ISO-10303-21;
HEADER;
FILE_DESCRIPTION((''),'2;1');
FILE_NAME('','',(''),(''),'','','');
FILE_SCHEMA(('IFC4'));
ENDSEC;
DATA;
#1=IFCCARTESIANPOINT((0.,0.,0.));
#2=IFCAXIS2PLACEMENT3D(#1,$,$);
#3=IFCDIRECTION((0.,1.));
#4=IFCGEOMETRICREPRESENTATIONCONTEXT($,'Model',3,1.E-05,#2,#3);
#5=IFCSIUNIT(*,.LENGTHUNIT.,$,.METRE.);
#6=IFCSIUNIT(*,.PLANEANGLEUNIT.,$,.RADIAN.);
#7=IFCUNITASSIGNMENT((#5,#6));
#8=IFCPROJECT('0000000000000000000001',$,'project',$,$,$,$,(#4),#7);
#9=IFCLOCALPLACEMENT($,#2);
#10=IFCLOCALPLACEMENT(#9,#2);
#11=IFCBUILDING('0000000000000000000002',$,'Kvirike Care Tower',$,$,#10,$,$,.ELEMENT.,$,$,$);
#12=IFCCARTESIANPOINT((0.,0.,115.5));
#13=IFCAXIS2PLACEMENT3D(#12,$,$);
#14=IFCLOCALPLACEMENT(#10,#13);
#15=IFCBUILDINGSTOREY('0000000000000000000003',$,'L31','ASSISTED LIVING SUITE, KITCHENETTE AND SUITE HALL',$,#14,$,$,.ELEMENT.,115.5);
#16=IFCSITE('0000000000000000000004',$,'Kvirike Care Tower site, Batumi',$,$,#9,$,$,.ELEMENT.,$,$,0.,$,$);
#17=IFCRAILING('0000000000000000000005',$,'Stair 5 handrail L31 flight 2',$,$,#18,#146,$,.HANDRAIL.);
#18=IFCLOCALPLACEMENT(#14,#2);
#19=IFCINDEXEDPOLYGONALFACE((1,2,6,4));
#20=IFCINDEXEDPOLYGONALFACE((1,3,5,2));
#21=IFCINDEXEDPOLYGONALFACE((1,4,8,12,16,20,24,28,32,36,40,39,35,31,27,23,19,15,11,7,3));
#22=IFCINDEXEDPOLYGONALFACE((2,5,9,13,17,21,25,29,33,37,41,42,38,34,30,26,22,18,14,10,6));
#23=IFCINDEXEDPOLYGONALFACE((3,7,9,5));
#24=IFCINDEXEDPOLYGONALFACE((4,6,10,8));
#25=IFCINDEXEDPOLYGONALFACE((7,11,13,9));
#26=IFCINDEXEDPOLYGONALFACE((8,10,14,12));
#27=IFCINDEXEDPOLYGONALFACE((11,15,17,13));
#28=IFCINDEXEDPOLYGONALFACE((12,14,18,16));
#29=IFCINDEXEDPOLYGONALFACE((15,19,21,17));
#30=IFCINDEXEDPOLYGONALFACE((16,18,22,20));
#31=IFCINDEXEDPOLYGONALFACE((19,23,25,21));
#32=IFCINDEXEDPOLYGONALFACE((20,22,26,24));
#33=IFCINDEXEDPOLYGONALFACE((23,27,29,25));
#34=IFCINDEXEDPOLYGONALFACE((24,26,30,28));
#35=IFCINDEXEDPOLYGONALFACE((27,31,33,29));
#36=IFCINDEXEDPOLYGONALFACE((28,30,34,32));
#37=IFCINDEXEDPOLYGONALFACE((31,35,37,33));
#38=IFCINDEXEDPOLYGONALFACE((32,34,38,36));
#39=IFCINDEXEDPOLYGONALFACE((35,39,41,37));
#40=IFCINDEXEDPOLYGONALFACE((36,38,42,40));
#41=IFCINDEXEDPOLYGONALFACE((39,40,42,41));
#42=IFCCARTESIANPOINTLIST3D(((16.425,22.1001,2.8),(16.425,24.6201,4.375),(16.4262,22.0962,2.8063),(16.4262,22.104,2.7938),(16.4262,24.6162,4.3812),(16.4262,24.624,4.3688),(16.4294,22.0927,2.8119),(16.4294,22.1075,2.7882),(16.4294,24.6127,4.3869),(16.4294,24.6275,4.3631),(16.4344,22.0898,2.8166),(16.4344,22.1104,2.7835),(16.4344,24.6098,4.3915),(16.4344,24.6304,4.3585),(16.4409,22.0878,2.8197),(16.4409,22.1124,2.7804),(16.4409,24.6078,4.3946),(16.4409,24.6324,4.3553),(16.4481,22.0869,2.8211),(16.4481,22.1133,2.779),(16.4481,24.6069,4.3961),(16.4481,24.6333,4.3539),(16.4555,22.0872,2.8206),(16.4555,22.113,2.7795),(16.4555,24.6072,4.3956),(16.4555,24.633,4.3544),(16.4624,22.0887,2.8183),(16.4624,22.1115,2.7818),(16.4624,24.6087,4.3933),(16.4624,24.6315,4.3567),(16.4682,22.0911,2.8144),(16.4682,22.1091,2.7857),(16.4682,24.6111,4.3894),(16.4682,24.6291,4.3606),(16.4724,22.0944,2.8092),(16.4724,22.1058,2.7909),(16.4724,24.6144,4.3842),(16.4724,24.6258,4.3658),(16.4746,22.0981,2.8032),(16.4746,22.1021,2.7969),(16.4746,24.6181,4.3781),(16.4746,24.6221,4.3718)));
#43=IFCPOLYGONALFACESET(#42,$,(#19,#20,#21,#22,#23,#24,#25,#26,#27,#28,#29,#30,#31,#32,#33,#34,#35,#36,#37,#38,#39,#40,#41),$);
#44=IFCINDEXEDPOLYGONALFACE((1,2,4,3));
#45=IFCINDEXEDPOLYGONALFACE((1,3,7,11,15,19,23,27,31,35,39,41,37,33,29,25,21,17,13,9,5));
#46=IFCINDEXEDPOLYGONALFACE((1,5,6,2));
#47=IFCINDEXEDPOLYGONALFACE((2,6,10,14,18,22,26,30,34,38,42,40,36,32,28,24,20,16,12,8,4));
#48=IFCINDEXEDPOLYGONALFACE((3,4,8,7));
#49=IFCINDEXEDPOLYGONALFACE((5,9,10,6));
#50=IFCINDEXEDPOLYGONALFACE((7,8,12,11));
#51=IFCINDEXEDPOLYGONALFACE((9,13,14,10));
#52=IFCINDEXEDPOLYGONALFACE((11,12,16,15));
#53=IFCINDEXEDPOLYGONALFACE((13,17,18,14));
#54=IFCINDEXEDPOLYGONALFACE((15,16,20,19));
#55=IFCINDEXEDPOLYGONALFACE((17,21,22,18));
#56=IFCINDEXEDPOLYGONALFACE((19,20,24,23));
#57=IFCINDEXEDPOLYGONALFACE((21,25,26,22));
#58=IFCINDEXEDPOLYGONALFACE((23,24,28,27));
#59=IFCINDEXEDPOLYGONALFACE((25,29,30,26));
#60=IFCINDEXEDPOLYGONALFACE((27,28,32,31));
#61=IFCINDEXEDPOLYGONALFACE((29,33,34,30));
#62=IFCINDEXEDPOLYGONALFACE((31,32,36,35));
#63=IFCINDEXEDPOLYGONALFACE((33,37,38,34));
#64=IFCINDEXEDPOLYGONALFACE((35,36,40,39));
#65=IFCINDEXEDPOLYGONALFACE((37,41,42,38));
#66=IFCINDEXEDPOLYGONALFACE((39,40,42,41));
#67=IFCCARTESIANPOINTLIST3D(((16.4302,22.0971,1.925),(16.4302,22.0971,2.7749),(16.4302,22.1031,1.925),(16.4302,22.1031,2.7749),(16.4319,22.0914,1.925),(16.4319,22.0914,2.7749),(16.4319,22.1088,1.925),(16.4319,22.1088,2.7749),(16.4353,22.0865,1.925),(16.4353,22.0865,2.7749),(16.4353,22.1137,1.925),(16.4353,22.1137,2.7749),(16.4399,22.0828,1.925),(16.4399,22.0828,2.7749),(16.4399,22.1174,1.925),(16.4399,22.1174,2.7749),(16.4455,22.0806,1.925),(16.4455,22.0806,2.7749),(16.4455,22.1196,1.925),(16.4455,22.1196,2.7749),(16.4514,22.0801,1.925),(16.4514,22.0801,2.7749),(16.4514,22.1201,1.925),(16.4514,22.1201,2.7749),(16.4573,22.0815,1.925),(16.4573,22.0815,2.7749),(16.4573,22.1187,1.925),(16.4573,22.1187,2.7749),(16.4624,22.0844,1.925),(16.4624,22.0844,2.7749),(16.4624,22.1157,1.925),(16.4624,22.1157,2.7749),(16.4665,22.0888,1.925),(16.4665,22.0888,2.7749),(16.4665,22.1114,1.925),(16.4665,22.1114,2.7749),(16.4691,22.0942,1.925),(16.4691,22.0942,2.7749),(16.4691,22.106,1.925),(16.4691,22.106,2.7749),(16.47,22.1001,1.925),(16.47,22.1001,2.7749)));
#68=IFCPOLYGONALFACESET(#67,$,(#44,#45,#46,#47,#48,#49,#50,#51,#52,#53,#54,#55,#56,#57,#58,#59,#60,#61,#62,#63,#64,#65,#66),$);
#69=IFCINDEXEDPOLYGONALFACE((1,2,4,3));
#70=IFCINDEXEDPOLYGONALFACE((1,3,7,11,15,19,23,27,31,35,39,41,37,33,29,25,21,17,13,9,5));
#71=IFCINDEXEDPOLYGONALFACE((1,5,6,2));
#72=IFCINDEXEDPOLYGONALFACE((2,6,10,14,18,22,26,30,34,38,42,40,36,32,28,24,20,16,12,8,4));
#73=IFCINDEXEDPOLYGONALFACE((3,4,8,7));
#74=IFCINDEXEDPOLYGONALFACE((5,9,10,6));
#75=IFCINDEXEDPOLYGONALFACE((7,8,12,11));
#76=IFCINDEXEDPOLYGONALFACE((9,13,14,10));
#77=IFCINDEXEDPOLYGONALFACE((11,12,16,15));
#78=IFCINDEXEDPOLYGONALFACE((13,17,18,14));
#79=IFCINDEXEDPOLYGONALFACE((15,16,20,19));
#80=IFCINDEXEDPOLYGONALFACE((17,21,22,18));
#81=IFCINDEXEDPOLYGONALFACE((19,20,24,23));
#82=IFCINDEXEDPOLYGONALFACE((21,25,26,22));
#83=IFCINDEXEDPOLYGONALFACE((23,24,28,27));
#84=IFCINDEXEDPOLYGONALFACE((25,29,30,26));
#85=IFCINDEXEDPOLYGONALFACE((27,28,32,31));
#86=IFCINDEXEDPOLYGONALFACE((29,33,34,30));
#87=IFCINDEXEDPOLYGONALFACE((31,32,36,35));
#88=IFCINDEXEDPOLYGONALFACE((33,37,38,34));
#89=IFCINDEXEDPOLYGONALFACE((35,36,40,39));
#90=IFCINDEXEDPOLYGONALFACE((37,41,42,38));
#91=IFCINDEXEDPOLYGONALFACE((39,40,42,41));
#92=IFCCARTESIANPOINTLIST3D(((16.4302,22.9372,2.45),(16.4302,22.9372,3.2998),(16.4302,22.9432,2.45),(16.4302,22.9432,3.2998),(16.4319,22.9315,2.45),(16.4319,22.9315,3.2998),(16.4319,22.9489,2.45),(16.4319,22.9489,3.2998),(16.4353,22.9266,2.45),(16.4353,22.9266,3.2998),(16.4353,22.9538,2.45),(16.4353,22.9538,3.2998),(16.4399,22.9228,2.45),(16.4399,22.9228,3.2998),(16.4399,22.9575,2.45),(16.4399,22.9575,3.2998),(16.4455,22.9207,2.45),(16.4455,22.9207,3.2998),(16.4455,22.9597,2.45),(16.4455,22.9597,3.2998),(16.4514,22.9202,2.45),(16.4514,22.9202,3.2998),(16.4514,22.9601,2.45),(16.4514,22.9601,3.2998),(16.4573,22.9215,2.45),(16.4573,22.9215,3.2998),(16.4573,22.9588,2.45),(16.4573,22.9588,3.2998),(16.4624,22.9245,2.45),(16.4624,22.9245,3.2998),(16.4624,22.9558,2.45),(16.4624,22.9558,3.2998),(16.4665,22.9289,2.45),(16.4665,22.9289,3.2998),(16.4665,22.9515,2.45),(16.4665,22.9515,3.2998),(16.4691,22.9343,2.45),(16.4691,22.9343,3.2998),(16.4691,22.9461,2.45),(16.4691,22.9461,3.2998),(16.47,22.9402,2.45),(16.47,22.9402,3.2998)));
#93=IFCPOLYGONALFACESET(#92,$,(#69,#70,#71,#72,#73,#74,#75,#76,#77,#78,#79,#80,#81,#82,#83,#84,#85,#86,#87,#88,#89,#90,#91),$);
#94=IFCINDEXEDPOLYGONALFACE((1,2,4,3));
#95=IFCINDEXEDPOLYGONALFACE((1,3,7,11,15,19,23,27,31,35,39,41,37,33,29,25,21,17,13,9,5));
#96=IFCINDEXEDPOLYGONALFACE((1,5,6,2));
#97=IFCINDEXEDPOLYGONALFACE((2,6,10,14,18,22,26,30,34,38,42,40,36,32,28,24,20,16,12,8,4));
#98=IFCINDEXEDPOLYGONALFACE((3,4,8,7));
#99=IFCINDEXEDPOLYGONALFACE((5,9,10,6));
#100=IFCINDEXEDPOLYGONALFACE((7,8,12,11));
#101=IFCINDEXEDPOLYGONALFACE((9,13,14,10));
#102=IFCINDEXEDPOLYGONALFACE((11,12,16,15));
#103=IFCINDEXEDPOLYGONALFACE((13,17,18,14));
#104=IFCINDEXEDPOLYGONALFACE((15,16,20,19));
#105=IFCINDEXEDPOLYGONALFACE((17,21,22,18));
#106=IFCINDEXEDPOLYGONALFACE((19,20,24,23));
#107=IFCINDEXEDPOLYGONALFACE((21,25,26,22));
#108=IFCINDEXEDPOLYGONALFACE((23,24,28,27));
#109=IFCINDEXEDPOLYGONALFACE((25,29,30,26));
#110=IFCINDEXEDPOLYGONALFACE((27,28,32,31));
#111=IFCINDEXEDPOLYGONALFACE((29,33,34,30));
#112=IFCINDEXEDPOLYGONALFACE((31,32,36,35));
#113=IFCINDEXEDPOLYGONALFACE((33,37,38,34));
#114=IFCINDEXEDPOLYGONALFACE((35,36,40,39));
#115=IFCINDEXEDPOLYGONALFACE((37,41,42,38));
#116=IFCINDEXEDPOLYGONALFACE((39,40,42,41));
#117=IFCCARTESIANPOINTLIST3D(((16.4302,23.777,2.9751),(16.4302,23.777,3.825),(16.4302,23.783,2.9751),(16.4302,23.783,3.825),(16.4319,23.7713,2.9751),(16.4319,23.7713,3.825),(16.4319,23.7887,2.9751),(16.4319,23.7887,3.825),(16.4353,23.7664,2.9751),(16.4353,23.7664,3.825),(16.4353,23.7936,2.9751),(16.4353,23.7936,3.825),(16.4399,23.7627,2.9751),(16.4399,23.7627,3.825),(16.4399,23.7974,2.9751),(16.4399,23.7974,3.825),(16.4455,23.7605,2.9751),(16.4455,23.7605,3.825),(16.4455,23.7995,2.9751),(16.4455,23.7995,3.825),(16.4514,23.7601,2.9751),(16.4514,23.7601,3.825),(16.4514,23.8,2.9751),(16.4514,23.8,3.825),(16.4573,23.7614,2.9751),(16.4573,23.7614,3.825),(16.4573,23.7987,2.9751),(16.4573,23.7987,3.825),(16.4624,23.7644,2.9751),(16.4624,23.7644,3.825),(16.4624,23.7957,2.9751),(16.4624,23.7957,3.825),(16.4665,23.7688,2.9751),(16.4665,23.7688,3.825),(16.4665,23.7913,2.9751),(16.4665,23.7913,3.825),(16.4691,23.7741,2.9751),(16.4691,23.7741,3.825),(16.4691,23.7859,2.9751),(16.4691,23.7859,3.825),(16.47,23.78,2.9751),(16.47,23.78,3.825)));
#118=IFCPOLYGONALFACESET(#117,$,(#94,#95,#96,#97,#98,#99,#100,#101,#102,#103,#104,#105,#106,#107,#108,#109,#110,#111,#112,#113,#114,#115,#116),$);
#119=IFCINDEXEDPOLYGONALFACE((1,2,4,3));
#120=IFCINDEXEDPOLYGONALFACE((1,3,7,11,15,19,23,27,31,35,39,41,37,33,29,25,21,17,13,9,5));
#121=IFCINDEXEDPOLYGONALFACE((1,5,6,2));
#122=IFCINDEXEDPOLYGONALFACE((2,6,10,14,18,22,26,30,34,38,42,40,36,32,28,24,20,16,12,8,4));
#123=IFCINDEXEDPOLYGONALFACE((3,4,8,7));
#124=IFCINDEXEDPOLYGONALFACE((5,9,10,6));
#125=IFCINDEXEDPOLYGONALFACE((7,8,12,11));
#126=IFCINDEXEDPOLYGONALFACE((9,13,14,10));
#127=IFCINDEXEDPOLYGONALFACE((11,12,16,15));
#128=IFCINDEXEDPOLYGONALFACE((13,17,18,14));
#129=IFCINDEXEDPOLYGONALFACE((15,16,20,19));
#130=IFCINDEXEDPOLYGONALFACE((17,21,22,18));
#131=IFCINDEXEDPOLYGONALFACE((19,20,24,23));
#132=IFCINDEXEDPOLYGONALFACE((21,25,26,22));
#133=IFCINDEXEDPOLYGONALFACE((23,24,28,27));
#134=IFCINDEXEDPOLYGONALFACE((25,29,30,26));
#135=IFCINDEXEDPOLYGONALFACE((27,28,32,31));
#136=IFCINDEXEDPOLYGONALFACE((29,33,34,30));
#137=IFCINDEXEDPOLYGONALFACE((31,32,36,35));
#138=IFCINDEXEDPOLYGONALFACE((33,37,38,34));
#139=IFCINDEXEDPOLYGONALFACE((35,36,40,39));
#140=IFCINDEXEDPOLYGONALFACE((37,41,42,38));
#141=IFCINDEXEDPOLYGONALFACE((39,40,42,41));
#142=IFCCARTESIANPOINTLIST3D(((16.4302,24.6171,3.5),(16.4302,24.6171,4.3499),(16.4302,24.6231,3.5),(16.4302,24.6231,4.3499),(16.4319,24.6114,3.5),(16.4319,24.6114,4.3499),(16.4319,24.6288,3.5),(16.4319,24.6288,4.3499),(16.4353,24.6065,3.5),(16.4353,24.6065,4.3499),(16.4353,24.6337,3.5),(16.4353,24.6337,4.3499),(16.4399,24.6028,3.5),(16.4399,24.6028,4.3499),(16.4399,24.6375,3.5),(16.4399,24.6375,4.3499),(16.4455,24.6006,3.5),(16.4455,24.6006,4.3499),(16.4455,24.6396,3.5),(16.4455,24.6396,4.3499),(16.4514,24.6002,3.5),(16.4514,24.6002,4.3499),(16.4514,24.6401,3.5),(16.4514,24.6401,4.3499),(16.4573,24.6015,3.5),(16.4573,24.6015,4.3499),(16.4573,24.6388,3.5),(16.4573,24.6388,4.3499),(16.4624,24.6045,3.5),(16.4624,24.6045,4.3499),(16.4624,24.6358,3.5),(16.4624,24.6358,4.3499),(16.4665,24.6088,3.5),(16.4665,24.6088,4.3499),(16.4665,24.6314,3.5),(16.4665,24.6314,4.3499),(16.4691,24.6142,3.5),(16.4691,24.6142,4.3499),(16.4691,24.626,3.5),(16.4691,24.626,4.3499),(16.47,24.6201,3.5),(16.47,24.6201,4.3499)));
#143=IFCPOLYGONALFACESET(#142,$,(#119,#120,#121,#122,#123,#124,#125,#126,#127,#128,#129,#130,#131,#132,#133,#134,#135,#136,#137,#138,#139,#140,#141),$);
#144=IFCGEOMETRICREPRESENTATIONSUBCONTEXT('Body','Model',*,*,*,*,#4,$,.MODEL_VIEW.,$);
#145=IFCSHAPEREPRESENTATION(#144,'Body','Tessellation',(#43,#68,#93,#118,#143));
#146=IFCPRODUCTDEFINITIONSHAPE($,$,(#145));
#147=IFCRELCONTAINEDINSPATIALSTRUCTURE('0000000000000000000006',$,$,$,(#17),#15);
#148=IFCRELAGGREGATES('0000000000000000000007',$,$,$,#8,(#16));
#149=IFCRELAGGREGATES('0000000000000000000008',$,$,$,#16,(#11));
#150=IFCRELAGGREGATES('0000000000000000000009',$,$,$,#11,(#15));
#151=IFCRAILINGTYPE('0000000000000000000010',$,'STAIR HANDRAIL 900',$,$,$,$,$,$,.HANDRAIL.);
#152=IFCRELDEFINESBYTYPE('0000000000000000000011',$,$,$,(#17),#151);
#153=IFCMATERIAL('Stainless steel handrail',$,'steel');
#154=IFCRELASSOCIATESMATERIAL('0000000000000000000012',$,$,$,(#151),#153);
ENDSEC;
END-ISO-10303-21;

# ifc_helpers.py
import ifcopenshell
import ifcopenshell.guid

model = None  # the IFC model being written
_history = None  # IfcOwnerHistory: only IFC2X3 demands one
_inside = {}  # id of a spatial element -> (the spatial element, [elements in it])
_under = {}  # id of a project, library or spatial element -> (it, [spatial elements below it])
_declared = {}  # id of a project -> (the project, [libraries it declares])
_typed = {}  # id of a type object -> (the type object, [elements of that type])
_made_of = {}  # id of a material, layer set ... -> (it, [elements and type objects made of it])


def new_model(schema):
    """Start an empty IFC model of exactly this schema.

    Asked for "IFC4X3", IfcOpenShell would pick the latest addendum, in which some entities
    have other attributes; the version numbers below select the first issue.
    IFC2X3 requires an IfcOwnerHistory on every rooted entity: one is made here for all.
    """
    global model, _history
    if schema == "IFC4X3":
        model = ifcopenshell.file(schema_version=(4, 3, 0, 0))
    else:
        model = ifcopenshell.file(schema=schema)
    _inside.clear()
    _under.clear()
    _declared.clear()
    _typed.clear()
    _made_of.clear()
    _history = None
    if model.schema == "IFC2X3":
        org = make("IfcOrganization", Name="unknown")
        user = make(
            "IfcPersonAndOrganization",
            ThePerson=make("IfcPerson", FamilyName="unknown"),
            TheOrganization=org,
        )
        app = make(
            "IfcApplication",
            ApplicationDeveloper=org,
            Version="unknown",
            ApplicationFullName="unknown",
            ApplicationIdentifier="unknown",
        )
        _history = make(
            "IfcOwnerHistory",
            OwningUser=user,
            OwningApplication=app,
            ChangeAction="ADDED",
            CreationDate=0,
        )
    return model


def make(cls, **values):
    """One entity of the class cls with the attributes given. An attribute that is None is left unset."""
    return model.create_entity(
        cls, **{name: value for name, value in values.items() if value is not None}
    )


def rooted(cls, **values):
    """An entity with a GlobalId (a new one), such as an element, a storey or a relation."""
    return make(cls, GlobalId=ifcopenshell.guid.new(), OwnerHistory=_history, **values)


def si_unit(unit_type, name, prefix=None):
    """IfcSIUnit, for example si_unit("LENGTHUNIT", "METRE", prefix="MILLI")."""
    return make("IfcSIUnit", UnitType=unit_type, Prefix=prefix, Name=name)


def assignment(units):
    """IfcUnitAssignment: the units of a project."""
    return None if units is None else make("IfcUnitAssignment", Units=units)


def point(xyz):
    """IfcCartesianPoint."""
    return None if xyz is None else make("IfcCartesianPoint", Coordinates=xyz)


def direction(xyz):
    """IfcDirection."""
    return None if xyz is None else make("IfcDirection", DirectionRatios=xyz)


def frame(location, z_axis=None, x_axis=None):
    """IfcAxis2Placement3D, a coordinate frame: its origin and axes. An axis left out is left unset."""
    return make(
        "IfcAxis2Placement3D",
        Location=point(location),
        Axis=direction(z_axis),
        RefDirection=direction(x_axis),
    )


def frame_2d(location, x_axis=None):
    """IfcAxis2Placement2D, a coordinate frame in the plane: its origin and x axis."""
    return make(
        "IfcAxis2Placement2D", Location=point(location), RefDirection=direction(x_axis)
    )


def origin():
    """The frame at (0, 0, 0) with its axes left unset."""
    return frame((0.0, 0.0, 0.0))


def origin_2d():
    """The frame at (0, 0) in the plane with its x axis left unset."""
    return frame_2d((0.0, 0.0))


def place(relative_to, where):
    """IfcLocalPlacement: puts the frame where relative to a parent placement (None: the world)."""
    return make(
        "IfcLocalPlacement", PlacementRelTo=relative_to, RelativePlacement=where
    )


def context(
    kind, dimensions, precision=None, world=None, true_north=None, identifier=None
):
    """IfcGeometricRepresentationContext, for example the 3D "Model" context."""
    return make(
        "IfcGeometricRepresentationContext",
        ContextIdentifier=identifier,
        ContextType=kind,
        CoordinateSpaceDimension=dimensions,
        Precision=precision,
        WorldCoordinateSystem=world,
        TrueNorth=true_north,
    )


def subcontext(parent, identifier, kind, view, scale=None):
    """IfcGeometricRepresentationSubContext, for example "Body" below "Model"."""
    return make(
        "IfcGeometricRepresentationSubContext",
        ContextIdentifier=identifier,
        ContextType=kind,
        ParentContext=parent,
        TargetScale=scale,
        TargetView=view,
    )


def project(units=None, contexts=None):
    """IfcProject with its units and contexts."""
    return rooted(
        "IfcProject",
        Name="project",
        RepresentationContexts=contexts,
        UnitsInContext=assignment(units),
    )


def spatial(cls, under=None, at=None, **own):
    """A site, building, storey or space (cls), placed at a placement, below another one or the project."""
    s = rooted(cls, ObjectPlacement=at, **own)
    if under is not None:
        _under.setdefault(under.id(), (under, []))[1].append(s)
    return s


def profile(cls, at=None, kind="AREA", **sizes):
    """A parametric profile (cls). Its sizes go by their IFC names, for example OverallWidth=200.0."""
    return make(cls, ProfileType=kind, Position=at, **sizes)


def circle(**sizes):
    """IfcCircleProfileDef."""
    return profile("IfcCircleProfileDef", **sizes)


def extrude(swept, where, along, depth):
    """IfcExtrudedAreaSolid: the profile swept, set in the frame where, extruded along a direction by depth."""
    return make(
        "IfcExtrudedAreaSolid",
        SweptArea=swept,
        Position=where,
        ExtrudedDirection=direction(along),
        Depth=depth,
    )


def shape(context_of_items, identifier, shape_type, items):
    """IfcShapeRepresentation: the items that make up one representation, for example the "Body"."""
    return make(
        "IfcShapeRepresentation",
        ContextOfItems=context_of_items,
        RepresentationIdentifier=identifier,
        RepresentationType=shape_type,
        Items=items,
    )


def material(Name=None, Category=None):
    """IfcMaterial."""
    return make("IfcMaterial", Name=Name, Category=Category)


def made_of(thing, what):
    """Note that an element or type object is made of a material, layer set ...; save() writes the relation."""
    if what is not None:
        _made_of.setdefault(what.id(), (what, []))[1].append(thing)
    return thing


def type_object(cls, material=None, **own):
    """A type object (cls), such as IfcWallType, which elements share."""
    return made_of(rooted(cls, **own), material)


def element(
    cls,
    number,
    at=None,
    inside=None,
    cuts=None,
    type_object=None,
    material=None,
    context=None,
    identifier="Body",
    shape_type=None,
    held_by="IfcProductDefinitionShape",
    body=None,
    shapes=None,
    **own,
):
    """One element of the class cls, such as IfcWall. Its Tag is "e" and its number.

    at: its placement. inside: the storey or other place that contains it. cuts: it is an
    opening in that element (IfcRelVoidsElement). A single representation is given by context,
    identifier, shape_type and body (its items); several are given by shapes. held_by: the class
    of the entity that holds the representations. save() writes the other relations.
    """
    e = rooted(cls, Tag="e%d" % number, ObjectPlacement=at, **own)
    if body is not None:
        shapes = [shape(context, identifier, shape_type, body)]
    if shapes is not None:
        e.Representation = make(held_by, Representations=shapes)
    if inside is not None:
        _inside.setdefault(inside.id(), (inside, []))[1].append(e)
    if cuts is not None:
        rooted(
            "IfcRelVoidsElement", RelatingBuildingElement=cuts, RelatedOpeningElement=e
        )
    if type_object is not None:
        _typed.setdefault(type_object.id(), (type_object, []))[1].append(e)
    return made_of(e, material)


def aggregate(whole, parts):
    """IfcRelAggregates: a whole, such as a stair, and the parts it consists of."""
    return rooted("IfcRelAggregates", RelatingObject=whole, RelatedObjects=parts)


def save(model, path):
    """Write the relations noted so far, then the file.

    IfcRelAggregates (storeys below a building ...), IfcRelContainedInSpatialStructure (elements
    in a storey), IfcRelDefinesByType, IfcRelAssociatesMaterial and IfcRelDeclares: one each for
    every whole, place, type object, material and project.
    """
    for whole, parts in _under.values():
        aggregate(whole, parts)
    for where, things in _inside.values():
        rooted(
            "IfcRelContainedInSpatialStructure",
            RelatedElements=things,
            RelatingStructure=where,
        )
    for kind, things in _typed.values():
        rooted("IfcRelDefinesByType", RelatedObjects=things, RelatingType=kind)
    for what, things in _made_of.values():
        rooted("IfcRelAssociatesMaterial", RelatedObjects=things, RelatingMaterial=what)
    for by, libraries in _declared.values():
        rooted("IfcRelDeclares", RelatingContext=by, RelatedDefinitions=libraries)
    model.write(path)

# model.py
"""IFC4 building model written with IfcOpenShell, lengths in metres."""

from ifc_helpers import new_model, si_unit, direction, frame, origin, origin_2d, place, context, subcontext, project, spatial, circle, extrude, material, type_object, element, save


model = new_model("IFC4")

# Units and contexts
model_context = context("Model", 3, precision=1e-05, world=origin(), true_north=direction((0.0, 1.0)))
body_context = subcontext(model_context, "Body", "Model", "MODEL_VIEW")
ifc_project = project(units=[si_unit("LENGTHUNIT", "METRE"), si_unit("PLANEANGLEUNIT", "RADIAN")], contexts=[model_context])

# Site, building, storey
site_placement = place(None, origin())
site = spatial("IfcSite", under=ifc_project, at=site_placement, Name="Kvirike Care Tower site, Batumi", CompositionType="ELEMENT", RefElevation=0.0)
building_placement = place(site_placement, origin())
building = spatial("IfcBuilding", under=site, at=building_placement, Name="Kvirike Care Tower", CompositionType="ELEMENT")
storey_placement = place(building_placement, frame((0.0, 0.0, 115.5)))
storey = spatial("IfcBuildingStorey", under=building, at=storey_placement, Name="L31", Description="ASSISTED LIVING SUITE, KITCHENETTE AND SUITE HALL", CompositionType="ELEMENT", Elevation=115.5)

# Railing
ifc_material_1 = material(Name="Stainless steel handrail", Category="steel")
railing_type = type_object("IfcRailingType", Name="STAIR HANDRAIL 900", PredefinedType="HANDRAIL", material=ifc_material_1)
railing_1_placement = place(storey_placement, frame((16.45, 22.1001, 1.925)))
element("IfcRailing", 1, at=railing_1_placement, inside=storey, type_object=railing_type, Name="Stair 5 handrail L31 flight 2", PredefinedType="HANDRAIL", context=body_context, shape_type="SweptSolid", body=[
    extrude(circle(Radius=0.0249, at=origin_2d()), frame((0.0, 0.0, 0.875), z_axis=(0.0, 0.848008, 0.529984), x_axis=(-1.0, 0.0, 0.0)), (0.0, 0.0, 1.0), 2.9717),
    extrude(circle(Radius=0.02, at=origin_2d()), origin(), (0.0, 0.0, 1.0), 0.8499),
    extrude(circle(Radius=0.02, at=origin_2d()), frame((0.0, 0.8401, 0.5249)), (0.0, 0.0, 1.0), 0.8499),
    extrude(circle(Radius=0.02, at=origin_2d()), frame((0.0, 1.6799, 1.05)), (0.0, 0.0, 1.0), 0.8499),
    extrude(circle(Radius=0.02, at=origin_2d()), frame((0.0, 2.52, 1.575)), (0.0, 0.0, 1.0), 0.8499),
])

save(model, "model.ifc")
